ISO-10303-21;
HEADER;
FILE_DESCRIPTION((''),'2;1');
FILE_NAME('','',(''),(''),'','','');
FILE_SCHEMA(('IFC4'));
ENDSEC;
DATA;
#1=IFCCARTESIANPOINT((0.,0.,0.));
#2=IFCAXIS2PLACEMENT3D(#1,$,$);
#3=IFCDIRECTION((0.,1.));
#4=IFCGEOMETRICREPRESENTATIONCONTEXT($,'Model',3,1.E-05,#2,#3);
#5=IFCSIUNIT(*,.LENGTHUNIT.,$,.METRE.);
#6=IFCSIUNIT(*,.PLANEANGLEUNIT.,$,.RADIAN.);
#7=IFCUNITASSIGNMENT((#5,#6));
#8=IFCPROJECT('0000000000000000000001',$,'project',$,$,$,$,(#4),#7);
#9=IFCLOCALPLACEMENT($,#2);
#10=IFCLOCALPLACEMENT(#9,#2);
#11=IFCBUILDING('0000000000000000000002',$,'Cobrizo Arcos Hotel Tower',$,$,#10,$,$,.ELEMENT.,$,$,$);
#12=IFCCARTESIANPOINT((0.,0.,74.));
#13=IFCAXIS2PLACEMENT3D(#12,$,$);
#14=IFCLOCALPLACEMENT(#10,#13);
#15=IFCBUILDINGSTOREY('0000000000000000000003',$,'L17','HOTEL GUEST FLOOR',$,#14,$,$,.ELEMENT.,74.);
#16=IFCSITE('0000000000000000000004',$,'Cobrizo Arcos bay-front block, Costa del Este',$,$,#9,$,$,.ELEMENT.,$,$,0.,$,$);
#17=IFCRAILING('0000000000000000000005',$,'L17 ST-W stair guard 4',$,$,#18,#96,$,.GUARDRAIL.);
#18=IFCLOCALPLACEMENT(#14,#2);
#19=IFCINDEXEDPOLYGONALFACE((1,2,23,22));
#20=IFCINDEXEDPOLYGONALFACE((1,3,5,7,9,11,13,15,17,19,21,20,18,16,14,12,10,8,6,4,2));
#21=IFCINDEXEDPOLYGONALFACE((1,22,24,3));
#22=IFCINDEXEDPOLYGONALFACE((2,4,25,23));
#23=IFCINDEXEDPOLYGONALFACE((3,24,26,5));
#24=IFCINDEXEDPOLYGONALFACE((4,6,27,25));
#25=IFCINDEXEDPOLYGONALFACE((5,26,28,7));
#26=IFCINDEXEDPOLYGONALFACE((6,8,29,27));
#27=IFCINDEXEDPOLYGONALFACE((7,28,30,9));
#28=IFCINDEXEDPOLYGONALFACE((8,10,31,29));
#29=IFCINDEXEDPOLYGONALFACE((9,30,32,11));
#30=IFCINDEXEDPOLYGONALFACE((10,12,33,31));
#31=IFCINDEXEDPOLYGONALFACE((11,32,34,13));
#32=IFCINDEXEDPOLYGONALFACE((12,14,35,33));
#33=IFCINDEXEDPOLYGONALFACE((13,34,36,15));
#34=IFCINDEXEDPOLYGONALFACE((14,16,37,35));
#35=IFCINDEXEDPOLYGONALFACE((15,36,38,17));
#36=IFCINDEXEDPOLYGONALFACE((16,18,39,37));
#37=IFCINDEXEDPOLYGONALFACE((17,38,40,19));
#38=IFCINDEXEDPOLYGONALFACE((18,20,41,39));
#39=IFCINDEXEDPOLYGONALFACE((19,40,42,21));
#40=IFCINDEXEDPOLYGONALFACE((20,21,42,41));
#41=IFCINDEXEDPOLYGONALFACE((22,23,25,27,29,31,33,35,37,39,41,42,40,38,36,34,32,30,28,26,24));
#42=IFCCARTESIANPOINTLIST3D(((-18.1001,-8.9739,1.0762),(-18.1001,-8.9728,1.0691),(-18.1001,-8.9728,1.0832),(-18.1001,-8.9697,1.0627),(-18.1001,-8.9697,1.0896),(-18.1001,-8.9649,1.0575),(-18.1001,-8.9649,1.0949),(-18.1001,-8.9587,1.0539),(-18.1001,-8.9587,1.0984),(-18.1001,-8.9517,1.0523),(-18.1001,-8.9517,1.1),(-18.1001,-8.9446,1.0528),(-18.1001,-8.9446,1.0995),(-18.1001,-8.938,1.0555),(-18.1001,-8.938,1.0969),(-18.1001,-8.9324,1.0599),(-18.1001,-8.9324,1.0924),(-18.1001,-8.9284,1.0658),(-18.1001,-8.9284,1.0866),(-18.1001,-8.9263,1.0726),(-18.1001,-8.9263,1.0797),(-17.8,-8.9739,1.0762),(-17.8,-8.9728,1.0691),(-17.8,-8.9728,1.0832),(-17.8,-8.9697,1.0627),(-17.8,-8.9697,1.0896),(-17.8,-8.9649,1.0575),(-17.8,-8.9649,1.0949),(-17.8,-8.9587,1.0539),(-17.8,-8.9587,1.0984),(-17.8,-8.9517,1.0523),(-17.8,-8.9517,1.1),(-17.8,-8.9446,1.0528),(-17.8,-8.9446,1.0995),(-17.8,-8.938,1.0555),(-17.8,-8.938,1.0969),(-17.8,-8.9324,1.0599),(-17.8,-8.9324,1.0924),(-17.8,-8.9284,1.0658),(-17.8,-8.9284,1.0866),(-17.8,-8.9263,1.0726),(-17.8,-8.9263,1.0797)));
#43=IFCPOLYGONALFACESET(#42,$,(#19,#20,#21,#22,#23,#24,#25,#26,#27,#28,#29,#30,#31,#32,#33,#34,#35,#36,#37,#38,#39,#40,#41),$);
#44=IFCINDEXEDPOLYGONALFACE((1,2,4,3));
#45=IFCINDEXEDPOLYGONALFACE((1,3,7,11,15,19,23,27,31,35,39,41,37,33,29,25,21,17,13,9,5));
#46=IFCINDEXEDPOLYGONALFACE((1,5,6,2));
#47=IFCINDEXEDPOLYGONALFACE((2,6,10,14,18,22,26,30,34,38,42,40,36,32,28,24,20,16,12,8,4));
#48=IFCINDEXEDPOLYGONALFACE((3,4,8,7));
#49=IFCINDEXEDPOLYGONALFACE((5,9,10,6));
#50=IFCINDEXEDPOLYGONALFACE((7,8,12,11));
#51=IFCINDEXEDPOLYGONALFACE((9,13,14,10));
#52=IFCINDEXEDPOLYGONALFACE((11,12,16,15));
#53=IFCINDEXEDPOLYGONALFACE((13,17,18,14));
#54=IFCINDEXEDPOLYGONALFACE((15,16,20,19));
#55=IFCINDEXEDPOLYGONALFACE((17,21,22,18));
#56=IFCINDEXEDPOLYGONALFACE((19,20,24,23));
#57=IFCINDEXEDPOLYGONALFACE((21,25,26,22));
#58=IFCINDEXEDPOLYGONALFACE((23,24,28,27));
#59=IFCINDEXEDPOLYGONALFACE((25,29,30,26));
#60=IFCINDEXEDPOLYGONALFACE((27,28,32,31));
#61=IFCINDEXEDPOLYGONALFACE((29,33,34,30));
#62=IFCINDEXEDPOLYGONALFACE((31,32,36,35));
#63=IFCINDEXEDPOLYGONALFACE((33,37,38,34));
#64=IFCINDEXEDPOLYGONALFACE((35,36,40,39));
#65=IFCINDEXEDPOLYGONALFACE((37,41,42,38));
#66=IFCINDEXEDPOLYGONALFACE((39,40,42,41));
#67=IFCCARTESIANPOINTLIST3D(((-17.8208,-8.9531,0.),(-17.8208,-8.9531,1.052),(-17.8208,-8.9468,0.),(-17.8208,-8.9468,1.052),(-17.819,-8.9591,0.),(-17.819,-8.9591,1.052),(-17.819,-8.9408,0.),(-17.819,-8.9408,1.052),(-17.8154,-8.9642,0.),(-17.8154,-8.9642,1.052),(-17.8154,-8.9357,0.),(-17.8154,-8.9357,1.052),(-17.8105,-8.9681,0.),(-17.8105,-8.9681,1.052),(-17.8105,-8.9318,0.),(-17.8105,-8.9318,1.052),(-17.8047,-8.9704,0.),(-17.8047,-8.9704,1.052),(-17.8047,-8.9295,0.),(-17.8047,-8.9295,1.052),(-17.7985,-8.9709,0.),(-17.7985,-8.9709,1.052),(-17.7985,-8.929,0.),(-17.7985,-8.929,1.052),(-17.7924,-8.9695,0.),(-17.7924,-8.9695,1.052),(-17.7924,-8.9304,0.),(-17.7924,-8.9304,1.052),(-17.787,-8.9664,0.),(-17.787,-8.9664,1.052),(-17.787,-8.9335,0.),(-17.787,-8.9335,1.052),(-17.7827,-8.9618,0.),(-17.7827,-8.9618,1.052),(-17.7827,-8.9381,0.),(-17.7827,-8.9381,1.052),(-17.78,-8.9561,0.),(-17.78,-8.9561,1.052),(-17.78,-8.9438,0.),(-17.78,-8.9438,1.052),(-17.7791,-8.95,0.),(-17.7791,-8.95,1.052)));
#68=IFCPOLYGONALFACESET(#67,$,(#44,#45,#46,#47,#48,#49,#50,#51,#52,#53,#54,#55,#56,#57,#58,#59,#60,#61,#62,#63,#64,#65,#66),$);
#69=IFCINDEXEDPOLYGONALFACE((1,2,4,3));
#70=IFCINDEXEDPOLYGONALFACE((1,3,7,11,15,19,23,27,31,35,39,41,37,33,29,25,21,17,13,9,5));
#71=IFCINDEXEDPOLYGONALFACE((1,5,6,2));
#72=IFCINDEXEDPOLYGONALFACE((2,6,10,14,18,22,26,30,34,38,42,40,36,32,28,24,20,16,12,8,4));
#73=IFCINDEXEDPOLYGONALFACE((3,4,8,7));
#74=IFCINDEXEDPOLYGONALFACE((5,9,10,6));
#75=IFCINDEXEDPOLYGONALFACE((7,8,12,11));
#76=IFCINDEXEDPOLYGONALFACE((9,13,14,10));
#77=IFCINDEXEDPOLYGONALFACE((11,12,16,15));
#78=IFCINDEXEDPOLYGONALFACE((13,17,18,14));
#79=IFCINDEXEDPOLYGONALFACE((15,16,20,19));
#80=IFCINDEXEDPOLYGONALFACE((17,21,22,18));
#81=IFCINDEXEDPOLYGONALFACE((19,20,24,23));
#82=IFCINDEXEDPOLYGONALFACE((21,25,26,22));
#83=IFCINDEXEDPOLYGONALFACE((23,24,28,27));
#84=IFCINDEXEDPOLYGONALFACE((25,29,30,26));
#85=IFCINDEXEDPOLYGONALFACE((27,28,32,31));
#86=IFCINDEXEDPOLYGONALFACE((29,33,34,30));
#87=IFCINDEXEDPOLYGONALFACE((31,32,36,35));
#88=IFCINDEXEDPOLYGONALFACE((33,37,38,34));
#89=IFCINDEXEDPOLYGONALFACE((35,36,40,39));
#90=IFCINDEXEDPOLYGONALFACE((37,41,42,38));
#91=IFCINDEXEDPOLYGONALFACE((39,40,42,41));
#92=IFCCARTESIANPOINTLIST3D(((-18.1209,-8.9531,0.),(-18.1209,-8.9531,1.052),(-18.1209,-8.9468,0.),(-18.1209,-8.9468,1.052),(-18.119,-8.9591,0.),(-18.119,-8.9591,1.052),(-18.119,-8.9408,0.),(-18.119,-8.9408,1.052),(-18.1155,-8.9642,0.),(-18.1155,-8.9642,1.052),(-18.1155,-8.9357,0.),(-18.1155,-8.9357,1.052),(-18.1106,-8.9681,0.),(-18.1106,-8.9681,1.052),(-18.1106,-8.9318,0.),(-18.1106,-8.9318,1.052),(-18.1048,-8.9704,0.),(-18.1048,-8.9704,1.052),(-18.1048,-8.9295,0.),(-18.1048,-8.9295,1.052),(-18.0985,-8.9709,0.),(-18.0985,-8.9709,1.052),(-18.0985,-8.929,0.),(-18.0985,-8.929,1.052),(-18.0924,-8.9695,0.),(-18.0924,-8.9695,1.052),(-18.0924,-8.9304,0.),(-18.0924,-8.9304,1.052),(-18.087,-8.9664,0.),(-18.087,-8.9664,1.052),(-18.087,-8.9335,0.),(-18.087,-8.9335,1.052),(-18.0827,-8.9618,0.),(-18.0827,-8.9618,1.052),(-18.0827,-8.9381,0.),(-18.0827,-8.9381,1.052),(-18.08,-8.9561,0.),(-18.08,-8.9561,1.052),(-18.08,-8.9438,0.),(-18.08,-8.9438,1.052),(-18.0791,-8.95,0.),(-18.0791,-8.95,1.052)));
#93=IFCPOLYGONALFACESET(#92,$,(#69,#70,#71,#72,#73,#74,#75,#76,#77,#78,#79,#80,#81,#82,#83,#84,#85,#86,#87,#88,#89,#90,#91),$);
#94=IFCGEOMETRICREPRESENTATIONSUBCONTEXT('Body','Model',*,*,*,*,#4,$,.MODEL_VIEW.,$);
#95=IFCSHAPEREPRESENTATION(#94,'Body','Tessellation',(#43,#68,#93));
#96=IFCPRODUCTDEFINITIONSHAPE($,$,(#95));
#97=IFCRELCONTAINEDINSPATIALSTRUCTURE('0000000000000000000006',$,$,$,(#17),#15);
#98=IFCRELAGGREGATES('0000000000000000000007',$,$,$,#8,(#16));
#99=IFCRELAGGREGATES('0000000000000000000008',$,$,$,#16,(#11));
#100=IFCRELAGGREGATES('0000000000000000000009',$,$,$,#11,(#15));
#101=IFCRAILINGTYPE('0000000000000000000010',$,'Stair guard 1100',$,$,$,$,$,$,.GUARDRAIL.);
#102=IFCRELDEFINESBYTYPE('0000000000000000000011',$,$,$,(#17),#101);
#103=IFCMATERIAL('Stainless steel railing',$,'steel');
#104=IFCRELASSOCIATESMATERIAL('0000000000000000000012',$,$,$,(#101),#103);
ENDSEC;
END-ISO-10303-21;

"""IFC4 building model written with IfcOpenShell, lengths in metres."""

from ifc_helpers import new_model, si_unit, direction, frame, origin, origin_2d, place, context, subcontext, project, spatial, circle, extrude, material, type_object, element, save


model = new_model("IFC4")

# Units and contexts
model_context = context("Model", 3, precision=1e-05, world=origin(), true_north=direction((0.0, 1.0)))
body_context = subcontext(model_context, "Body", "Model", "MODEL_VIEW")
ifc_project = project(units=[si_unit("LENGTHUNIT", "METRE"), si_unit("PLANEANGLEUNIT", "RADIAN")], contexts=[model_context])

# Site, building, storey
site_placement = place(None, origin())
site = spatial("IfcSite", under=ifc_project, at=site_placement, Name="Cobrizo Arcos bay-front block, Costa del Este", CompositionType="ELEMENT", RefElevation=0.0)
building_placement = place(site_placement, origin())
building = spatial("IfcBuilding", under=site, at=building_placement, Name="Cobrizo Arcos Hotel Tower", CompositionType="ELEMENT")
storey_placement = place(building_placement, frame((0.0, 0.0, 74.0)))
storey = spatial("IfcBuildingStorey", under=building, at=storey_placement, Name="L17", Description="HOTEL GUEST FLOOR", CompositionType="ELEMENT", Elevation=74.0)

# Railing
ifc_material_1 = material(Name="Stainless steel railing", Category="steel")
railing_type_1 = type_object("IfcRailingType", Name="Stair guard 1100", PredefinedType="GUARDRAIL", material=ifc_material_1)
railing_1_placement = place(storey_placement, frame((-17.8, -8.95, 0.0)))
element("IfcRailing", 1, at=railing_1_placement, inside=storey, type_object=railing_type_1, Name="L17 ST-W stair guard 4", PredefinedType="GUARDRAIL", context=body_context, shape_type="SweptSolid", body=[
    extrude(circle(Radius=0.0239, at=origin_2d()), frame((0.0, 0.0, 1.0762), z_axis=(-1.0, 0.0, 0.0), x_axis=(0.0, -1.0, 0.0)), (0.0, 0.0, 1.0), 0.3),
    extrude(circle(Radius=0.021, at=origin_2d()), origin(), (0.0, 0.0, 1.0), 1.052),
    extrude(circle(Radius=0.021, at=origin_2d()), frame((-0.3, 0.0, 0.0)), (0.0, 0.0, 1.0), 1.052),
])

save(model, "model.ifc")
